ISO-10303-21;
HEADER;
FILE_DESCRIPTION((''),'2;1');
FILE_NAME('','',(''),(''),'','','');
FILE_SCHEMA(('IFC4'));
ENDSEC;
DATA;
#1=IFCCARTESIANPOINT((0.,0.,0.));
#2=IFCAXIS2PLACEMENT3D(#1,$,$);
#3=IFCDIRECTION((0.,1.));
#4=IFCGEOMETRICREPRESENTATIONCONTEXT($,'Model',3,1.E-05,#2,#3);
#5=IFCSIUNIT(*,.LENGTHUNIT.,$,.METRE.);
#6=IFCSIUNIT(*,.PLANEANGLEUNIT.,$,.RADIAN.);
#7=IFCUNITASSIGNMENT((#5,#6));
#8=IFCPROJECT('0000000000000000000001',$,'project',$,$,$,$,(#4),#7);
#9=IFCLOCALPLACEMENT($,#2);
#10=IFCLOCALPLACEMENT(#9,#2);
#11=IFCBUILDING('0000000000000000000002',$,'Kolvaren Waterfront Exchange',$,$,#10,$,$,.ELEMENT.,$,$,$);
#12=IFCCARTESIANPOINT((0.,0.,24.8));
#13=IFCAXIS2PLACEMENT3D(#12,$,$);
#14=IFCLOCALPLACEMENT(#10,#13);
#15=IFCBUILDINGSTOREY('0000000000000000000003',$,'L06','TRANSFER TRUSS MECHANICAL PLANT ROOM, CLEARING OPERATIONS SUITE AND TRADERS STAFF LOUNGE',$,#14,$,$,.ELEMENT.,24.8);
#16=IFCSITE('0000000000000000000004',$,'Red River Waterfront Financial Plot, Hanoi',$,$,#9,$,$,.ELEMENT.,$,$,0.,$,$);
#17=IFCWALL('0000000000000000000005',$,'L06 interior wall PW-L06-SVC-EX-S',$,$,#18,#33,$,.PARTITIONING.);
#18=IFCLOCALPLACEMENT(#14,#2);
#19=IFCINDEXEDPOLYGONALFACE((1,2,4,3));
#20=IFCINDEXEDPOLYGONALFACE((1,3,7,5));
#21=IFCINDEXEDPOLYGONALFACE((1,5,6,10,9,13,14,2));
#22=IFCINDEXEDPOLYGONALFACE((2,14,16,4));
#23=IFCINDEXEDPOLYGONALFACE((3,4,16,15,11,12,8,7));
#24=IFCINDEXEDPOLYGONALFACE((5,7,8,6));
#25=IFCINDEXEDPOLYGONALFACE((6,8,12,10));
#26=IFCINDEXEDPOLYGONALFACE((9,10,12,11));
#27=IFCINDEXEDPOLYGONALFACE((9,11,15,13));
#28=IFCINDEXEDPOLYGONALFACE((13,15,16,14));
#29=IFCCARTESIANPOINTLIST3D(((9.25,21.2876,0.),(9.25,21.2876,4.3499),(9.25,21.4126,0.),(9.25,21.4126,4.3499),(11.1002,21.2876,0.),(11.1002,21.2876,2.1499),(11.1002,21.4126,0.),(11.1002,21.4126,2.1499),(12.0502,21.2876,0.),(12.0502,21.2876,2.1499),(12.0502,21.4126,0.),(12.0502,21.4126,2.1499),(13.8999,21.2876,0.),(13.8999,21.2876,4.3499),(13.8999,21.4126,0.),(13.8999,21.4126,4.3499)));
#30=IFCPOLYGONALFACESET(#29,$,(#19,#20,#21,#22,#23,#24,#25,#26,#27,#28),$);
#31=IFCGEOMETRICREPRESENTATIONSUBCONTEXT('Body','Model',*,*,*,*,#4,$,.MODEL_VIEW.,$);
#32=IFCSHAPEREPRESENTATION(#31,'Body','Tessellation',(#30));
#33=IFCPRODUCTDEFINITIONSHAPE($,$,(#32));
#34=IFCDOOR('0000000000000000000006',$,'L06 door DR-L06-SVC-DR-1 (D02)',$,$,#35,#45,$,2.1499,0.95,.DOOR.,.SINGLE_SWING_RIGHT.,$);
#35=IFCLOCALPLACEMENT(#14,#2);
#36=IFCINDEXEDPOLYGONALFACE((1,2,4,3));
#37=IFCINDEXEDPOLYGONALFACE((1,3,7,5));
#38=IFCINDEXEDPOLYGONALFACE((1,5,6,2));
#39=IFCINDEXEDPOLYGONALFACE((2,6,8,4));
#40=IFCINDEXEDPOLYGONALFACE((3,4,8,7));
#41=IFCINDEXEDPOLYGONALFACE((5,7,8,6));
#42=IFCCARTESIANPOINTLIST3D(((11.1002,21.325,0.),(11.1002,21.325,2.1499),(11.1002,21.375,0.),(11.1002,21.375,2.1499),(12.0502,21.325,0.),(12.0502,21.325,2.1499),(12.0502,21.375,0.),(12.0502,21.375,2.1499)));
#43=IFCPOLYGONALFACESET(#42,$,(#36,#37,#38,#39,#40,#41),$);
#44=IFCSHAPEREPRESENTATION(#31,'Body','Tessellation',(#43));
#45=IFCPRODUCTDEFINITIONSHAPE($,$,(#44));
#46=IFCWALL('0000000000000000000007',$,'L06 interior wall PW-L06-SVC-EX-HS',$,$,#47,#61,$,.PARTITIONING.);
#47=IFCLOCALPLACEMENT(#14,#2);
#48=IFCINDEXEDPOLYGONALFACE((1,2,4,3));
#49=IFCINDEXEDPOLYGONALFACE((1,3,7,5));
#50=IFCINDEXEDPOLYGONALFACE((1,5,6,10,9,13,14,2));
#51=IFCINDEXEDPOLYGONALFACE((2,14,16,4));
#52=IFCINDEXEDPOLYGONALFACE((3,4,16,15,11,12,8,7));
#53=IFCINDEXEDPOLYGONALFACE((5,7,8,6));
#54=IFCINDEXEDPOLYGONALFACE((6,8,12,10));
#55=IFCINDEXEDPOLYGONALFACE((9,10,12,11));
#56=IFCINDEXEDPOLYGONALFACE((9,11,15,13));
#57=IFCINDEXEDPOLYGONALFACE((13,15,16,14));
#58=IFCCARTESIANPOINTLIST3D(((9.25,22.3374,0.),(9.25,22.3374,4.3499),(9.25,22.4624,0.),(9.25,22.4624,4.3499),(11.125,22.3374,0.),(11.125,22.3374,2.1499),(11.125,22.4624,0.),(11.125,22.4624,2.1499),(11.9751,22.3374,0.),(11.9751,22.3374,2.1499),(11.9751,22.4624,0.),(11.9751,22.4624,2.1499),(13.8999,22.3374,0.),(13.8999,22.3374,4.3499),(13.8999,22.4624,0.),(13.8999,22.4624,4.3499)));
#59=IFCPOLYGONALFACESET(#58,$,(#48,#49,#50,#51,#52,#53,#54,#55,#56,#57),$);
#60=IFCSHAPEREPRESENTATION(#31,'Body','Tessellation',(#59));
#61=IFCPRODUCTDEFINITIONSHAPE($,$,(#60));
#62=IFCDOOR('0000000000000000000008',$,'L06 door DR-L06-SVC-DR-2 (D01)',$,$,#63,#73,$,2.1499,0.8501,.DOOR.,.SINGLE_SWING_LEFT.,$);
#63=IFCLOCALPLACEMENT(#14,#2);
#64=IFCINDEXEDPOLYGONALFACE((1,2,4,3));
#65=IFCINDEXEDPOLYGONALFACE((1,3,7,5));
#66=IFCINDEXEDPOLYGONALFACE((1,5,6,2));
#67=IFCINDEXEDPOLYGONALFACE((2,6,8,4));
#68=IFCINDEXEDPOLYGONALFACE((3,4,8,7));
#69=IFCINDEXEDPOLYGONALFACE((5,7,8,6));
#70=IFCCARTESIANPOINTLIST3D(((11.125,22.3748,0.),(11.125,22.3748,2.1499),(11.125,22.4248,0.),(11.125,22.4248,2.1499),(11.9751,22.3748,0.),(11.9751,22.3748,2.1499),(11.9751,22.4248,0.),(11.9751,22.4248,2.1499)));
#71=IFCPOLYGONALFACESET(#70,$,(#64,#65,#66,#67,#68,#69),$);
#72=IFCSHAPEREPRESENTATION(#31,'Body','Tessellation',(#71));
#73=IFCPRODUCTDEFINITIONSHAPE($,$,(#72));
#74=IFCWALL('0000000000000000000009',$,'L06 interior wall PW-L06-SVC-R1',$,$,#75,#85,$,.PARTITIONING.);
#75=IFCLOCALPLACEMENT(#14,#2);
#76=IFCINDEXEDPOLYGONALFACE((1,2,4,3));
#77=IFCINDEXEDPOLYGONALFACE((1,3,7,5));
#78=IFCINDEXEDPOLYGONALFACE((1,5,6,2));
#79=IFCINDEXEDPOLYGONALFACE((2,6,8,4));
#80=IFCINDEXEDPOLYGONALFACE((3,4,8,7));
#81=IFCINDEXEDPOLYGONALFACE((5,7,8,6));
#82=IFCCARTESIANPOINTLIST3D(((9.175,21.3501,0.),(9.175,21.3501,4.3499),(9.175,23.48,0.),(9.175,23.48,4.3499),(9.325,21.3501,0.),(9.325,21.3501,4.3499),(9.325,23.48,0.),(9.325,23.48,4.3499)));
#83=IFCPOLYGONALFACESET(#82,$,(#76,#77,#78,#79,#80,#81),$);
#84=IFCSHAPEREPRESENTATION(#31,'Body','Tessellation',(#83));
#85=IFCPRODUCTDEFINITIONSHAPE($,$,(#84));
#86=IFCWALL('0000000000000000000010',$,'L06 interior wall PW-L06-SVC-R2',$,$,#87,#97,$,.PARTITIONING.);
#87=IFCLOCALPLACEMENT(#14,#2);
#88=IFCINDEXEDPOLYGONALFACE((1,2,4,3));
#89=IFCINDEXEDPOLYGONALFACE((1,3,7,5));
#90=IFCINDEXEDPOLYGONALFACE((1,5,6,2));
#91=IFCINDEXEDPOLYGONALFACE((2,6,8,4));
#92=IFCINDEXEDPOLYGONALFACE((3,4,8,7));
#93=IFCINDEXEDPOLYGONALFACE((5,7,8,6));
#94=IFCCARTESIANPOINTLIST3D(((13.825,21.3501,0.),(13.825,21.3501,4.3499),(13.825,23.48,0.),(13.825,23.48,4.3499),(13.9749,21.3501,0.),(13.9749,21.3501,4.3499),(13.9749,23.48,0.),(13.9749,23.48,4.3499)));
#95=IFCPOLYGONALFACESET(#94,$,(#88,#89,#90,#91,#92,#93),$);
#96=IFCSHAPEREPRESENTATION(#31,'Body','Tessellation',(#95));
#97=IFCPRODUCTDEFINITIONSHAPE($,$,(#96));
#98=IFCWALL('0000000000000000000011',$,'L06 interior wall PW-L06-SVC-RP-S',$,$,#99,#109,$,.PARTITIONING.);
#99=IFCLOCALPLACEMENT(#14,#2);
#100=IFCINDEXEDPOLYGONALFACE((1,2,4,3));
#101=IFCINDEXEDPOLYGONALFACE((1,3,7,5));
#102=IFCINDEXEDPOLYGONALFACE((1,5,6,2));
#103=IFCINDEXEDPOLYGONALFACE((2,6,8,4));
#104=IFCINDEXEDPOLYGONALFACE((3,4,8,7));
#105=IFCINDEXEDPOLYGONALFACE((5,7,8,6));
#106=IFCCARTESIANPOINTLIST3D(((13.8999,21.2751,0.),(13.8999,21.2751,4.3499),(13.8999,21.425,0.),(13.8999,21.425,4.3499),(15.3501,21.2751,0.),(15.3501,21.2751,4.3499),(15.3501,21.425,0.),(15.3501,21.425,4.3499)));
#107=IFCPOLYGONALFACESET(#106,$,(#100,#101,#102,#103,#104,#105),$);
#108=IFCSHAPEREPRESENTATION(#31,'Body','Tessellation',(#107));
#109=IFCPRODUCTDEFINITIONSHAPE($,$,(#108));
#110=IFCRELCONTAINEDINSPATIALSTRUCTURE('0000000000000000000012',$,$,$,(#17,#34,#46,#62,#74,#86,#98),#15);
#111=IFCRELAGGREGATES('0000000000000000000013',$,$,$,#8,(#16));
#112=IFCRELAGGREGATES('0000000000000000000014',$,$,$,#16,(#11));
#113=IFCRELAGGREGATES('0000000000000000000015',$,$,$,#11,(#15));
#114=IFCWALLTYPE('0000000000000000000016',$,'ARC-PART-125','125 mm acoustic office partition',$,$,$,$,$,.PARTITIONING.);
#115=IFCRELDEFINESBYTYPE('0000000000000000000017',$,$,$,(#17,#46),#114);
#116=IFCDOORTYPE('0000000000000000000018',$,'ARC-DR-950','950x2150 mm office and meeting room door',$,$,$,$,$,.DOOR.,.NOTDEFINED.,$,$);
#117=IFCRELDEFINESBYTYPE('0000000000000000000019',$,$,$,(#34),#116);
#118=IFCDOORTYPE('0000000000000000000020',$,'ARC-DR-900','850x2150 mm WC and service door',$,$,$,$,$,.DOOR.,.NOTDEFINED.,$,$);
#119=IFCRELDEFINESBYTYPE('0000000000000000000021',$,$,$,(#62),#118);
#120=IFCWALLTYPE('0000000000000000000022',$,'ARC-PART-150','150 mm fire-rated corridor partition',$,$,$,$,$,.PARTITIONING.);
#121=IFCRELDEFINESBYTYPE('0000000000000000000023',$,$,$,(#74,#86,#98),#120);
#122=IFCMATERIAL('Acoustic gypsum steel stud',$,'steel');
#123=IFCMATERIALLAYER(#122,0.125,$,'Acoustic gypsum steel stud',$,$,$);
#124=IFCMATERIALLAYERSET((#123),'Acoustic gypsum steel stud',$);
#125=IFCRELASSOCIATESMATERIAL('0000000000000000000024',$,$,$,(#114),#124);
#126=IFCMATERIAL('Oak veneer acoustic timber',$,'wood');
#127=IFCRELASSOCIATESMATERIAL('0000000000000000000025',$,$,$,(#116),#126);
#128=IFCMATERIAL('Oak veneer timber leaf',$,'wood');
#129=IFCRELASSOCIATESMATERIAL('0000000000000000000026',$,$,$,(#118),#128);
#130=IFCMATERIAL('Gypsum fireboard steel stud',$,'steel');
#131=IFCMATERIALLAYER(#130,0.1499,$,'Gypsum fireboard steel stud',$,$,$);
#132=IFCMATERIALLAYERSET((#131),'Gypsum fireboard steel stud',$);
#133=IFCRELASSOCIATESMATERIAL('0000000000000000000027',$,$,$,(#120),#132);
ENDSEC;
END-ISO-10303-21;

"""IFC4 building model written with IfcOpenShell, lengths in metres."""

from ifc_helpers import new_model, si_unit, direction, frame, frame_2d, origin, place, context, subcontext, project, spatial, rectangle, extrude, material, layer, layer_set, type_object, element, fill, save


model = new_model("IFC4")

# Units and contexts
model_context = context("Model", 3, precision=1e-05, world=origin(), true_north=direction((0.0, 1.0)))
body_context = subcontext(model_context, "Body", "Model", "MODEL_VIEW")
ifc_project = project(units=[si_unit("LENGTHUNIT", "METRE"), si_unit("PLANEANGLEUNIT", "RADIAN")], contexts=[model_context])

# Site, building, storey
site_placement = place(None, origin())
site = spatial("IfcSite", under=ifc_project, at=site_placement, Name="Red River Waterfront Financial Plot, Hanoi", CompositionType="ELEMENT", RefElevation=0.0)
building_placement = place(site_placement, origin())
building = spatial("IfcBuilding", under=site, at=building_placement, Name="Kolvaren Waterfront Exchange", CompositionType="ELEMENT")
storey_placement = place(building_placement, frame((0.0, 0.0, 24.8)))
storey = spatial("IfcBuildingStorey", under=building, at=storey_placement, Name="L06", Description="TRANSFER TRUSS MECHANICAL PLANT ROOM, CLEARING OPERATIONS SUITE AND TRADERS STAFF LOUNGE", CompositionType="ELEMENT", Elevation=24.8)

# Walls, openings, doors
ifc_material_1 = material(Name="Acoustic gypsum steel stud", Category="steel")
ifc_layer_1 = layer(ifc_material_1, 0.125, Name="Acoustic gypsum steel stud")
ifc_layer_set_1 = layer_set([ifc_layer_1], Name="Acoustic gypsum steel stud")
wall_type_1 = type_object("IfcWallType", Name="ARC-PART-125", Description="125 mm acoustic office partition", PredefinedType="PARTITIONING", material=ifc_layer_set_1)
wall_1_placement = place(storey_placement, frame((9.25, 21.3501, 0.0), z_axis=(0.0, 0.0, 1.0), x_axis=(1.0, 0.0, 0.0)))
wall_1 = element("IfcWall", 1, at=wall_1_placement, inside=storey, type_object=wall_type_1, Name="L06 interior wall PW-L06-SVC-EX-S", PredefinedType="PARTITIONING", context=body_context, shape_type="SweptSolid", body=[
    extrude(rectangle(XDim=4.6499, YDim=0.125, at=frame_2d((2.325, 0.0))), origin(), (0.0, 0.0, 1.0), 4.3499),
])
opening_1_placement = place(wall_1_placement, frame((1.8501, 0.0, 0.0)))
opening_1 = element("IfcOpeningElement", 2, at=opening_1_placement, cuts=wall_1, PredefinedType="OPENING", context=body_context, shape_type="SweptSolid", body=[
    extrude(rectangle(XDim=0.95, YDim=2.1499, at=frame_2d((0.4751, 1.075))), frame((0.0, 0.0725, 0.0), z_axis=(0.0, -1.0, 0.0), x_axis=(1.0, 0.0, 0.0)), (0.0, 0.0, 1.0), 0.145),
])
ifc_material_2 = material(Name="Oak veneer acoustic timber", Category="wood")
door_type_1 = type_object("IfcDoorType", Name="ARC-DR-950", Description="950x2150 mm office and meeting room door", OperationType="NOTDEFINED", PredefinedType="DOOR", material=ifc_material_2)
door_1_placement = place(opening_1_placement, origin())
door_1 = element("IfcDoor", 3, at=door_1_placement, inside=storey, type_object=door_type_1, Name="L06 door DR-L06-SVC-DR-1 (D02)", OperationType="SINGLE_SWING_RIGHT", OverallHeight=2.1499, OverallWidth=0.95, PredefinedType="DOOR", context=body_context, shape_type="SweptSolid", body=[
    extrude(rectangle(XDim=0.95, YDim=2.1499, at=frame_2d((0.4751, 1.075))), frame((0.0, 0.0249, 0.0), z_axis=(0.0, -1.0, 0.0), x_axis=(1.0, 0.0, 0.0)), (0.0, 0.0, 1.0), 0.05),
])
fill(opening_1, door_1)
wall_2_placement = place(storey_placement, frame((9.25, 22.3999, 0.0), z_axis=(0.0, 0.0, 1.0), x_axis=(1.0, 0.0, 0.0)))
wall_2 = element("IfcWall", 4, at=wall_2_placement, inside=storey, type_object=wall_type_1, Name="L06 interior wall PW-L06-SVC-EX-HS", PredefinedType="PARTITIONING", context=body_context, shape_type="SweptSolid", body=[
    extrude(rectangle(XDim=4.6499, YDim=0.125, at=frame_2d((2.325, 0.0))), origin(), (0.0, 0.0, 1.0), 4.3499),
])
opening_2_placement = place(wall_2_placement, frame((1.875, 0.0, 0.0)))
opening_2 = element("IfcOpeningElement", 5, at=opening_2_placement, cuts=wall_2, PredefinedType="OPENING", context=body_context, shape_type="SweptSolid", body=[
    extrude(rectangle(XDim=0.8501, YDim=2.1499, at=frame_2d((0.425, 1.075))), frame((0.0, 0.0725, 0.0), z_axis=(0.0, -1.0, 0.0), x_axis=(1.0, 0.0, 0.0)), (0.0, 0.0, 1.0), 0.145),
])
ifc_material_3 = material(Name="Oak veneer timber leaf", Category="wood")
door_type_2 = type_object("IfcDoorType", Name="ARC-DR-900", Description="850x2150 mm WC and service door", OperationType="NOTDEFINED", PredefinedType="DOOR", material=ifc_material_3)
door_2_placement = place(opening_2_placement, origin())
door_2 = element("IfcDoor", 6, at=door_2_placement, inside=storey, type_object=door_type_2, Name="L06 door DR-L06-SVC-DR-2 (D01)", OperationType="SINGLE_SWING_LEFT", OverallHeight=2.1499, OverallWidth=0.8501, PredefinedType="DOOR", context=body_context, shape_type="SweptSolid", body=[
    extrude(rectangle(XDim=0.8501, YDim=2.1499, at=frame_2d((0.425, 1.075))), frame((0.0, 0.0249, 0.0), z_axis=(0.0, -1.0, 0.0), x_axis=(1.0, 0.0, 0.0)), (0.0, 0.0, 1.0), 0.05),
])
fill(opening_2, door_2)

# Walls
ifc_material_4 = material(Name="Gypsum fireboard steel stud", Category="steel")
ifc_layer_2 = layer(ifc_material_4, 0.1499, Name="Gypsum fireboard steel stud")
ifc_layer_set_2 = layer_set([ifc_layer_2], Name="Gypsum fireboard steel stud")
wall_type_2 = type_object("IfcWallType", Name="ARC-PART-150", Description="150 mm fire-rated corridor partition", PredefinedType="PARTITIONING", material=ifc_layer_set_2)
for number, where, z_axis, x_axis, name in (
    (7, (9.25, 21.3501, 0.0), (0.0, 0.0, 1.0), (0.0, 1.0, 0.0), "L06 interior wall PW-L06-SVC-R1"),
    (8, (13.8999, 21.3501, 0.0), (0.0, 0.0, 1.0), (0.0, 1.0, 0.0), "L06 interior wall PW-L06-SVC-R2"),
):
    element("IfcWall", number, at=place(storey_placement, frame(where, z_axis=z_axis, x_axis=x_axis)), inside=storey, type_object=wall_type_2, Name=name, PredefinedType="PARTITIONING", context=body_context, shape_type="SweptSolid", body=[
        extrude(rectangle(XDim=2.1299, YDim=0.1499, at=frame_2d((1.0649, 0.0))), origin(), (0.0, 0.0, 1.0), 4.3499),
    ])

# Wall
wall_3_placement = place(storey_placement, frame((13.8999, 21.3501, 0.0), z_axis=(0.0, 0.0, 1.0), x_axis=(1.0, 0.0, 0.0)))
element("IfcWall", 9, at=wall_3_placement, inside=storey, type_object=wall_type_2, Name="L06 interior wall PW-L06-SVC-RP-S", PredefinedType="PARTITIONING", context=body_context, shape_type="SweptSolid", body=[
    extrude(rectangle(XDim=1.4502, YDim=0.1499, at=frame_2d((0.7251, 0.0))), origin(), (0.0, 0.0, 1.0), 4.3499),
])

save(model, "model.ifc")
